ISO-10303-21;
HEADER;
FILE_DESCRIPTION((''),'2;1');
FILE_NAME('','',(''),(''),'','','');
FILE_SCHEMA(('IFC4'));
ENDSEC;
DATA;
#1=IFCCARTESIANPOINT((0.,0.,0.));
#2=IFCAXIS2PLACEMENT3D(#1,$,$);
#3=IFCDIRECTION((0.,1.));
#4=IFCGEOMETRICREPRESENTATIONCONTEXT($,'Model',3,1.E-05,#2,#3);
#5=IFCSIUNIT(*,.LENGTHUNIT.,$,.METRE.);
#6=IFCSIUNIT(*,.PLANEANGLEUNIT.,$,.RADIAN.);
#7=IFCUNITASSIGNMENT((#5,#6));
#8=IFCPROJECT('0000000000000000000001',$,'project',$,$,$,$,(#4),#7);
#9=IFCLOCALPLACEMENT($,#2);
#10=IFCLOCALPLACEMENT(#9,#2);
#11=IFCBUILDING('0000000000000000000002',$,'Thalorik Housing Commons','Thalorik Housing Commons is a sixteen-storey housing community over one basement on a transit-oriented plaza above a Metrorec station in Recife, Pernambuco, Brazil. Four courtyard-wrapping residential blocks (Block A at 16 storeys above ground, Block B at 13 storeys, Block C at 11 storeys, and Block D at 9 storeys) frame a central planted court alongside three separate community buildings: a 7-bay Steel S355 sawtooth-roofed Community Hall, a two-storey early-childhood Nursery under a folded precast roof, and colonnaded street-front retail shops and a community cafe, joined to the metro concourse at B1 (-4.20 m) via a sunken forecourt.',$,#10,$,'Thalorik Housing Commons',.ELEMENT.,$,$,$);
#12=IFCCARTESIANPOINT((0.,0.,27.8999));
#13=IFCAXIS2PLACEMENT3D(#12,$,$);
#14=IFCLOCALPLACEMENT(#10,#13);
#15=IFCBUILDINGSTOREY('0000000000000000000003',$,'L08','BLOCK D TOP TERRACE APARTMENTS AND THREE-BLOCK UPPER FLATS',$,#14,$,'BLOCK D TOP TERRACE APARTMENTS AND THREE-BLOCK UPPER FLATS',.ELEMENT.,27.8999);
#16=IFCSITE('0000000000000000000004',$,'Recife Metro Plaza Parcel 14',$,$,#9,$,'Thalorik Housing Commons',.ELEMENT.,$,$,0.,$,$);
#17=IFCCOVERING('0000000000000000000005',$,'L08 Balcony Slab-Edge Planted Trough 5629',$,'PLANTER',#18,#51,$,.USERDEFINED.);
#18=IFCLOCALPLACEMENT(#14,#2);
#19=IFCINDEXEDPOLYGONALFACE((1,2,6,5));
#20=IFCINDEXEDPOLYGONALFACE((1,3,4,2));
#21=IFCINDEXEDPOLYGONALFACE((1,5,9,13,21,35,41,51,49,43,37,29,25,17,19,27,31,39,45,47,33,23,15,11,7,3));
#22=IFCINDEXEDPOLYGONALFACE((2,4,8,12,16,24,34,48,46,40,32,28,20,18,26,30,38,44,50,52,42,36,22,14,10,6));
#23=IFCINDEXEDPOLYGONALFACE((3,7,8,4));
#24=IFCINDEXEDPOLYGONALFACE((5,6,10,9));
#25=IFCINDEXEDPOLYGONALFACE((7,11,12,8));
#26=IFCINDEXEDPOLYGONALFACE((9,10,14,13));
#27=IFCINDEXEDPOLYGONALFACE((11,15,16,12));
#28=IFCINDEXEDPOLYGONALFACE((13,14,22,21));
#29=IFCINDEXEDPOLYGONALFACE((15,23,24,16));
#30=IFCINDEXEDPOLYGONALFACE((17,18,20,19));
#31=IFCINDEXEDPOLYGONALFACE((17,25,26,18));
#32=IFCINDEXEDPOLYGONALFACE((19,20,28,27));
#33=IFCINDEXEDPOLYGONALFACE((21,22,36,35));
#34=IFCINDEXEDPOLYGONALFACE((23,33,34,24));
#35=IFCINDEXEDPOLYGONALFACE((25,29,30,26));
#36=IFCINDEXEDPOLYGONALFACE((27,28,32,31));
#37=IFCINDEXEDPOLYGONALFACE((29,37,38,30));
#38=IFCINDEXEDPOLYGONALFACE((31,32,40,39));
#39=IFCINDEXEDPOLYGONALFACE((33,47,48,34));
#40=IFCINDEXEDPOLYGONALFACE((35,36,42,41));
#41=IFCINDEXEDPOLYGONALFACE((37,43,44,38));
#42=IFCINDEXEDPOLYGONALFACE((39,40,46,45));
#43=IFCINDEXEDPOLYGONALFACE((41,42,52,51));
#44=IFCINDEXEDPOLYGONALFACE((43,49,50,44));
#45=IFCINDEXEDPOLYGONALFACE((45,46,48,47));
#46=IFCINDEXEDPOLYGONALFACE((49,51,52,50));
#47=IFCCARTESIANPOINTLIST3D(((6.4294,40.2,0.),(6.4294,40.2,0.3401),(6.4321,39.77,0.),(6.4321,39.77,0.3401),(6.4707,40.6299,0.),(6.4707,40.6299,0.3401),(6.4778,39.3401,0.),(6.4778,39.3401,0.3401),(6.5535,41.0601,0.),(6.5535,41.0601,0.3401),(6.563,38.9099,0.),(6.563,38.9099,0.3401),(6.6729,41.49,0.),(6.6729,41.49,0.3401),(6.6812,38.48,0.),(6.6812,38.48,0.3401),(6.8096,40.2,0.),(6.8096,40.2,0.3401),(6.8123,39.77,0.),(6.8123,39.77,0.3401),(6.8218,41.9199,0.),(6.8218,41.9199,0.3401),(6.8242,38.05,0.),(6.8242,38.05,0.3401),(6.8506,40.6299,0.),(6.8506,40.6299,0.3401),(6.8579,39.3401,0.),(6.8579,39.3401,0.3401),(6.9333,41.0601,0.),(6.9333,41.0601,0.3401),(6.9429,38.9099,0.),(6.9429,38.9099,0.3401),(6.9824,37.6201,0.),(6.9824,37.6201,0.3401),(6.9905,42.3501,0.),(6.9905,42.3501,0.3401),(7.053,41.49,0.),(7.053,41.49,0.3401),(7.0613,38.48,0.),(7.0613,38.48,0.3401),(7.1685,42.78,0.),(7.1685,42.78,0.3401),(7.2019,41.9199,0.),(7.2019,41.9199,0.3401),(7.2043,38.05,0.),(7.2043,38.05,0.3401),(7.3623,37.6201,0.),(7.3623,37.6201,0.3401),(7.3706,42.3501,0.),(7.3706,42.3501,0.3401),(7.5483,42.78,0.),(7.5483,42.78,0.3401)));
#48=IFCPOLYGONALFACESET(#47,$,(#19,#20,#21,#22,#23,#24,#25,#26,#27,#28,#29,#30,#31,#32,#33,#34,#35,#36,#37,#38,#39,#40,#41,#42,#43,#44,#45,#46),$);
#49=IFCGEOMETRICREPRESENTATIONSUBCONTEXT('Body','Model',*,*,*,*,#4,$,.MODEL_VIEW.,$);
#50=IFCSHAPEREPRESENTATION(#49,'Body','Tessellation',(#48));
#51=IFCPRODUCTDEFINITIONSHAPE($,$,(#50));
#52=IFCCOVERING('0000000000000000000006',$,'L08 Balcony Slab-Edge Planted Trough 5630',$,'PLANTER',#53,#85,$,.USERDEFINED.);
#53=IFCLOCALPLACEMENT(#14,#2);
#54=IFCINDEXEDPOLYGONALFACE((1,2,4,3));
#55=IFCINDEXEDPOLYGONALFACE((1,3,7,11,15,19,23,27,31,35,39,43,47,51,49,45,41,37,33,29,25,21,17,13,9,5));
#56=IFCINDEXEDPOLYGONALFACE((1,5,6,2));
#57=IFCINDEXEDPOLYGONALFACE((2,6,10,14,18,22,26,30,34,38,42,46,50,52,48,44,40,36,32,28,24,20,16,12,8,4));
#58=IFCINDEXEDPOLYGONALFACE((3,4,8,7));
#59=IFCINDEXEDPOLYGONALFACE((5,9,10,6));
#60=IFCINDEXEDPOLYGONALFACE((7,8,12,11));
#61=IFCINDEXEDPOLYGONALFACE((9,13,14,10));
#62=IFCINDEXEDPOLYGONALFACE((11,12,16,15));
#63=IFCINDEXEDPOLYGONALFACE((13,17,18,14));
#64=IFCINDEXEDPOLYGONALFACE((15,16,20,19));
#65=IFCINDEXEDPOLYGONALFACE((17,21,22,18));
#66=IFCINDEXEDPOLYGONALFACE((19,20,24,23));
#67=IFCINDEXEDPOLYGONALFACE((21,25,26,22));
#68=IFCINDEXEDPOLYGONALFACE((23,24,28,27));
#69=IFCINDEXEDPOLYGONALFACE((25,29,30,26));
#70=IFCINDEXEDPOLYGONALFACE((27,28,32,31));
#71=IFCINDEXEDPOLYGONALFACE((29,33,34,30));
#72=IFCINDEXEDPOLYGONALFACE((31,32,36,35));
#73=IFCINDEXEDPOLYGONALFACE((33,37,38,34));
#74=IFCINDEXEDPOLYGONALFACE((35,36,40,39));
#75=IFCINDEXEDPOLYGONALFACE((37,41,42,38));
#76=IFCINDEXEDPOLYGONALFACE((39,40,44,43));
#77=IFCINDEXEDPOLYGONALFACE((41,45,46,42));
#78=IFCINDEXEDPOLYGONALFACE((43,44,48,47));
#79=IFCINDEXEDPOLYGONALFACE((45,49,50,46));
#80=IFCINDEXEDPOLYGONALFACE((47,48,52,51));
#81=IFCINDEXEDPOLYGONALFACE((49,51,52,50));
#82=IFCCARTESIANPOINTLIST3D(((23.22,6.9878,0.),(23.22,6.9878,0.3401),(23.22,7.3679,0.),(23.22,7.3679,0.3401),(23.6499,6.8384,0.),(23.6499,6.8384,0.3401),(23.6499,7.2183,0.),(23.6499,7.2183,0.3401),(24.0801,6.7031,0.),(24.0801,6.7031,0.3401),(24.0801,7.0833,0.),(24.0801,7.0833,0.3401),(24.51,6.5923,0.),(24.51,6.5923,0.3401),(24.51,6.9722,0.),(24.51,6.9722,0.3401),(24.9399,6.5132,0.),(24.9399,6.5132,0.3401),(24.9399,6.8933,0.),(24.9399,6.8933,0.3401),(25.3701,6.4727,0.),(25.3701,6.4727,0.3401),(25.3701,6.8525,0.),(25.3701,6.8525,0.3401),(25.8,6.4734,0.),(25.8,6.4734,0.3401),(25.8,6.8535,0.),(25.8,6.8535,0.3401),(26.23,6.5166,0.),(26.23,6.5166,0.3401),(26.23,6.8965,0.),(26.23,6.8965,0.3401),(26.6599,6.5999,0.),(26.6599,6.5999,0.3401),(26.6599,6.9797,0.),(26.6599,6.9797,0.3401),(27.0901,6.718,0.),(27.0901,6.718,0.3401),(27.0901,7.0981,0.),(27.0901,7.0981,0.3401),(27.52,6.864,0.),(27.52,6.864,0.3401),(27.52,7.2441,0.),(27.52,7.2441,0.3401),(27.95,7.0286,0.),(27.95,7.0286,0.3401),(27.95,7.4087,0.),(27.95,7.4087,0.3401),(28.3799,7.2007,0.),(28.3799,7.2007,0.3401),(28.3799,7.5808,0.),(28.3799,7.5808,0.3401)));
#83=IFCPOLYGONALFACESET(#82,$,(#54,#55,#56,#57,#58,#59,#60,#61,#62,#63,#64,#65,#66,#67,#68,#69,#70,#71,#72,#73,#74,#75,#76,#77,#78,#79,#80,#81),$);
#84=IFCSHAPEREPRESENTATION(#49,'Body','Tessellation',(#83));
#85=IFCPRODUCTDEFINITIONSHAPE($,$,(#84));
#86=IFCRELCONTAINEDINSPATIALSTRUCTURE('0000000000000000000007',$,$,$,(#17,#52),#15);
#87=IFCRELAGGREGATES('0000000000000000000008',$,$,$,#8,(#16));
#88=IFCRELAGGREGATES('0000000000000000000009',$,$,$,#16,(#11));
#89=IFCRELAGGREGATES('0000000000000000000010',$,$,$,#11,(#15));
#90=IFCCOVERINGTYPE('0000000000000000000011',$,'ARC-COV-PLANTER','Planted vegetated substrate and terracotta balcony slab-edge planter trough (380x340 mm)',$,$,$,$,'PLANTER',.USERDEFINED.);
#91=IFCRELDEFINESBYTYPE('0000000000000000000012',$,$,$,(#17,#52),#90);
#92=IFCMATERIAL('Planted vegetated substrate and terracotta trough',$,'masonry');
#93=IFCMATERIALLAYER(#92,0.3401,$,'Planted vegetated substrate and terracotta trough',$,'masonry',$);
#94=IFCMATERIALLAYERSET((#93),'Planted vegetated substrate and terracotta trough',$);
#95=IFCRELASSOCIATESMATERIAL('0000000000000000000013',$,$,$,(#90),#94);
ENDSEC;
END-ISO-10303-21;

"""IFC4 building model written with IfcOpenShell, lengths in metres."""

from ifc_helpers import new_model, si_unit, direction, frame, origin, place, context, subcontext, project, spatial, polyline, outline, extrude, material, layer, layer_set, type_object, element, save


model = new_model("IFC4")

# Units and contexts
model_context = context("Model", 3, precision=1e-05, world=origin(), true_north=direction((0.0, 1.0)))
body_context = subcontext(model_context, "Body", "Model", "MODEL_VIEW")
ifc_project = project(units=[si_unit("LENGTHUNIT", "METRE"), si_unit("PLANEANGLEUNIT", "RADIAN")], contexts=[model_context])

# Site, building, storey
site_placement = place(None, origin())
site = spatial("IfcSite", under=ifc_project, at=site_placement, Name="Recife Metro Plaza Parcel 14", LongName="Thalorik Housing Commons", CompositionType="ELEMENT", RefElevation=0.0)
building_placement = place(site_placement, origin())
building = spatial("IfcBuilding", under=site, at=building_placement, Name="Thalorik Housing Commons", Description="Thalorik Housing Commons is a sixteen-storey housing community over one basement on a transit-oriented plaza above a Metrorec station in Recife, Pernambuco, Brazil. Four courtyard-wrapping residential blocks (Block A at 16 storeys above ground, Block B at 13 storeys, Block C at 11 storeys, and Block D at 9 storeys) frame a central planted court alongside three separate community buildings: a 7-bay Steel S355 sawtooth-roofed Community Hall, a two-storey early-childhood Nursery under a folded precast roof, and colonnaded street-front retail shops and a community cafe, joined to the metro concourse at B1 (-4.20 m) via a sunken forecourt.", LongName="Thalorik Housing Commons", CompositionType="ELEMENT")
storey_placement = place(building_placement, frame((0.0, 0.0, 27.8999)))
storey = spatial("IfcBuildingStorey", under=building, at=storey_placement, Name="L08", Description="BLOCK D TOP TERRACE APARTMENTS AND THREE-BLOCK UPPER FLATS", LongName="BLOCK D TOP TERRACE APARTMENTS AND THREE-BLOCK UPPER FLATS", CompositionType="ELEMENT", Elevation=27.8999)

# Coverings
ifc_material = material(Name="Planted vegetated substrate and terracotta trough", Category="masonry")
ifc_layer = layer(ifc_material, 0.3401, Name="Planted vegetated substrate and terracotta trough", Category="masonry")
ifc_layer_set = layer_set([ifc_layer], Name="Planted vegetated substrate and terracotta trough")
covering_type = type_object("IfcCoveringType", Name="ARC-COV-PLANTER", Description="Planted vegetated substrate and terracotta balcony slab-edge planter trough (380x340 mm)", ElementType="PLANTER", PredefinedType="USERDEFINED", material=ifc_layer_set)
covering_1_placement = place(storey_placement, origin())
element("IfcCovering", 1, at=covering_1_placement, inside=storey, type_object=covering_type, Name="L08 Balcony Slab-Edge Planted Trough 5629", ObjectType="PLANTER", PredefinedType="USERDEFINED", context=body_context, shape_type="SweptSolid", body=[
    extrude(outline(polyline([(7.1685, 42.78), (6.9905, 42.3501), (6.8218, 41.9199), (6.6729, 41.49), (6.5535, 41.0601), (6.4707, 40.6299), (6.4294, 40.2), (6.4321, 39.77), (6.4778, 39.3401), (6.563, 38.9099), (6.6812, 38.48), (6.8242, 38.05), (6.9824, 37.6201), (7.3623, 37.6201), (7.2043, 38.05), (7.0613, 38.48), (6.9429, 38.9099), (6.8579, 39.3401), (6.8123, 39.77), (6.8096, 40.2), (6.8506, 40.6299), (6.9333, 41.0601), (7.053, 41.49), (7.2019, 41.9199), (7.3706, 42.3501), (7.5483, 42.78), (7.1685, 42.78)])), origin(), (0.0, 0.0, 1.0), 0.3401),
])
covering_2_placement = place(storey_placement, origin())
element("IfcCovering", 2, at=covering_2_placement, inside=storey, type_object=covering_type, Name="L08 Balcony Slab-Edge Planted Trough 5630", ObjectType="PLANTER", PredefinedType="USERDEFINED", context=body_context, shape_type="SweptSolid", body=[
    extrude(outline(polyline([(23.22, 6.9878), (23.6499, 6.8384), (24.0801, 6.7031), (24.51, 6.5923), (24.9399, 6.5132), (25.3701, 6.4727), (25.8, 6.4734), (26.23, 6.5166), (26.6599, 6.5999), (27.0901, 6.718), (27.52, 6.864), (27.95, 7.0286), (28.3799, 7.2007), (28.3799, 7.5808), (27.95, 7.4087), (27.52, 7.2441), (27.0901, 7.0981), (26.6599, 6.9797), (26.23, 6.8965), (25.8, 6.8535), (25.3701, 6.8525), (24.9399, 6.8933), (24.51, 6.9722), (24.0801, 7.0833), (23.6499, 7.2183), (23.22, 7.3679), (23.22, 6.9878)])), origin(), (0.0, 0.0, 1.0), 0.3401),
])

save(model, "model.ifc")
